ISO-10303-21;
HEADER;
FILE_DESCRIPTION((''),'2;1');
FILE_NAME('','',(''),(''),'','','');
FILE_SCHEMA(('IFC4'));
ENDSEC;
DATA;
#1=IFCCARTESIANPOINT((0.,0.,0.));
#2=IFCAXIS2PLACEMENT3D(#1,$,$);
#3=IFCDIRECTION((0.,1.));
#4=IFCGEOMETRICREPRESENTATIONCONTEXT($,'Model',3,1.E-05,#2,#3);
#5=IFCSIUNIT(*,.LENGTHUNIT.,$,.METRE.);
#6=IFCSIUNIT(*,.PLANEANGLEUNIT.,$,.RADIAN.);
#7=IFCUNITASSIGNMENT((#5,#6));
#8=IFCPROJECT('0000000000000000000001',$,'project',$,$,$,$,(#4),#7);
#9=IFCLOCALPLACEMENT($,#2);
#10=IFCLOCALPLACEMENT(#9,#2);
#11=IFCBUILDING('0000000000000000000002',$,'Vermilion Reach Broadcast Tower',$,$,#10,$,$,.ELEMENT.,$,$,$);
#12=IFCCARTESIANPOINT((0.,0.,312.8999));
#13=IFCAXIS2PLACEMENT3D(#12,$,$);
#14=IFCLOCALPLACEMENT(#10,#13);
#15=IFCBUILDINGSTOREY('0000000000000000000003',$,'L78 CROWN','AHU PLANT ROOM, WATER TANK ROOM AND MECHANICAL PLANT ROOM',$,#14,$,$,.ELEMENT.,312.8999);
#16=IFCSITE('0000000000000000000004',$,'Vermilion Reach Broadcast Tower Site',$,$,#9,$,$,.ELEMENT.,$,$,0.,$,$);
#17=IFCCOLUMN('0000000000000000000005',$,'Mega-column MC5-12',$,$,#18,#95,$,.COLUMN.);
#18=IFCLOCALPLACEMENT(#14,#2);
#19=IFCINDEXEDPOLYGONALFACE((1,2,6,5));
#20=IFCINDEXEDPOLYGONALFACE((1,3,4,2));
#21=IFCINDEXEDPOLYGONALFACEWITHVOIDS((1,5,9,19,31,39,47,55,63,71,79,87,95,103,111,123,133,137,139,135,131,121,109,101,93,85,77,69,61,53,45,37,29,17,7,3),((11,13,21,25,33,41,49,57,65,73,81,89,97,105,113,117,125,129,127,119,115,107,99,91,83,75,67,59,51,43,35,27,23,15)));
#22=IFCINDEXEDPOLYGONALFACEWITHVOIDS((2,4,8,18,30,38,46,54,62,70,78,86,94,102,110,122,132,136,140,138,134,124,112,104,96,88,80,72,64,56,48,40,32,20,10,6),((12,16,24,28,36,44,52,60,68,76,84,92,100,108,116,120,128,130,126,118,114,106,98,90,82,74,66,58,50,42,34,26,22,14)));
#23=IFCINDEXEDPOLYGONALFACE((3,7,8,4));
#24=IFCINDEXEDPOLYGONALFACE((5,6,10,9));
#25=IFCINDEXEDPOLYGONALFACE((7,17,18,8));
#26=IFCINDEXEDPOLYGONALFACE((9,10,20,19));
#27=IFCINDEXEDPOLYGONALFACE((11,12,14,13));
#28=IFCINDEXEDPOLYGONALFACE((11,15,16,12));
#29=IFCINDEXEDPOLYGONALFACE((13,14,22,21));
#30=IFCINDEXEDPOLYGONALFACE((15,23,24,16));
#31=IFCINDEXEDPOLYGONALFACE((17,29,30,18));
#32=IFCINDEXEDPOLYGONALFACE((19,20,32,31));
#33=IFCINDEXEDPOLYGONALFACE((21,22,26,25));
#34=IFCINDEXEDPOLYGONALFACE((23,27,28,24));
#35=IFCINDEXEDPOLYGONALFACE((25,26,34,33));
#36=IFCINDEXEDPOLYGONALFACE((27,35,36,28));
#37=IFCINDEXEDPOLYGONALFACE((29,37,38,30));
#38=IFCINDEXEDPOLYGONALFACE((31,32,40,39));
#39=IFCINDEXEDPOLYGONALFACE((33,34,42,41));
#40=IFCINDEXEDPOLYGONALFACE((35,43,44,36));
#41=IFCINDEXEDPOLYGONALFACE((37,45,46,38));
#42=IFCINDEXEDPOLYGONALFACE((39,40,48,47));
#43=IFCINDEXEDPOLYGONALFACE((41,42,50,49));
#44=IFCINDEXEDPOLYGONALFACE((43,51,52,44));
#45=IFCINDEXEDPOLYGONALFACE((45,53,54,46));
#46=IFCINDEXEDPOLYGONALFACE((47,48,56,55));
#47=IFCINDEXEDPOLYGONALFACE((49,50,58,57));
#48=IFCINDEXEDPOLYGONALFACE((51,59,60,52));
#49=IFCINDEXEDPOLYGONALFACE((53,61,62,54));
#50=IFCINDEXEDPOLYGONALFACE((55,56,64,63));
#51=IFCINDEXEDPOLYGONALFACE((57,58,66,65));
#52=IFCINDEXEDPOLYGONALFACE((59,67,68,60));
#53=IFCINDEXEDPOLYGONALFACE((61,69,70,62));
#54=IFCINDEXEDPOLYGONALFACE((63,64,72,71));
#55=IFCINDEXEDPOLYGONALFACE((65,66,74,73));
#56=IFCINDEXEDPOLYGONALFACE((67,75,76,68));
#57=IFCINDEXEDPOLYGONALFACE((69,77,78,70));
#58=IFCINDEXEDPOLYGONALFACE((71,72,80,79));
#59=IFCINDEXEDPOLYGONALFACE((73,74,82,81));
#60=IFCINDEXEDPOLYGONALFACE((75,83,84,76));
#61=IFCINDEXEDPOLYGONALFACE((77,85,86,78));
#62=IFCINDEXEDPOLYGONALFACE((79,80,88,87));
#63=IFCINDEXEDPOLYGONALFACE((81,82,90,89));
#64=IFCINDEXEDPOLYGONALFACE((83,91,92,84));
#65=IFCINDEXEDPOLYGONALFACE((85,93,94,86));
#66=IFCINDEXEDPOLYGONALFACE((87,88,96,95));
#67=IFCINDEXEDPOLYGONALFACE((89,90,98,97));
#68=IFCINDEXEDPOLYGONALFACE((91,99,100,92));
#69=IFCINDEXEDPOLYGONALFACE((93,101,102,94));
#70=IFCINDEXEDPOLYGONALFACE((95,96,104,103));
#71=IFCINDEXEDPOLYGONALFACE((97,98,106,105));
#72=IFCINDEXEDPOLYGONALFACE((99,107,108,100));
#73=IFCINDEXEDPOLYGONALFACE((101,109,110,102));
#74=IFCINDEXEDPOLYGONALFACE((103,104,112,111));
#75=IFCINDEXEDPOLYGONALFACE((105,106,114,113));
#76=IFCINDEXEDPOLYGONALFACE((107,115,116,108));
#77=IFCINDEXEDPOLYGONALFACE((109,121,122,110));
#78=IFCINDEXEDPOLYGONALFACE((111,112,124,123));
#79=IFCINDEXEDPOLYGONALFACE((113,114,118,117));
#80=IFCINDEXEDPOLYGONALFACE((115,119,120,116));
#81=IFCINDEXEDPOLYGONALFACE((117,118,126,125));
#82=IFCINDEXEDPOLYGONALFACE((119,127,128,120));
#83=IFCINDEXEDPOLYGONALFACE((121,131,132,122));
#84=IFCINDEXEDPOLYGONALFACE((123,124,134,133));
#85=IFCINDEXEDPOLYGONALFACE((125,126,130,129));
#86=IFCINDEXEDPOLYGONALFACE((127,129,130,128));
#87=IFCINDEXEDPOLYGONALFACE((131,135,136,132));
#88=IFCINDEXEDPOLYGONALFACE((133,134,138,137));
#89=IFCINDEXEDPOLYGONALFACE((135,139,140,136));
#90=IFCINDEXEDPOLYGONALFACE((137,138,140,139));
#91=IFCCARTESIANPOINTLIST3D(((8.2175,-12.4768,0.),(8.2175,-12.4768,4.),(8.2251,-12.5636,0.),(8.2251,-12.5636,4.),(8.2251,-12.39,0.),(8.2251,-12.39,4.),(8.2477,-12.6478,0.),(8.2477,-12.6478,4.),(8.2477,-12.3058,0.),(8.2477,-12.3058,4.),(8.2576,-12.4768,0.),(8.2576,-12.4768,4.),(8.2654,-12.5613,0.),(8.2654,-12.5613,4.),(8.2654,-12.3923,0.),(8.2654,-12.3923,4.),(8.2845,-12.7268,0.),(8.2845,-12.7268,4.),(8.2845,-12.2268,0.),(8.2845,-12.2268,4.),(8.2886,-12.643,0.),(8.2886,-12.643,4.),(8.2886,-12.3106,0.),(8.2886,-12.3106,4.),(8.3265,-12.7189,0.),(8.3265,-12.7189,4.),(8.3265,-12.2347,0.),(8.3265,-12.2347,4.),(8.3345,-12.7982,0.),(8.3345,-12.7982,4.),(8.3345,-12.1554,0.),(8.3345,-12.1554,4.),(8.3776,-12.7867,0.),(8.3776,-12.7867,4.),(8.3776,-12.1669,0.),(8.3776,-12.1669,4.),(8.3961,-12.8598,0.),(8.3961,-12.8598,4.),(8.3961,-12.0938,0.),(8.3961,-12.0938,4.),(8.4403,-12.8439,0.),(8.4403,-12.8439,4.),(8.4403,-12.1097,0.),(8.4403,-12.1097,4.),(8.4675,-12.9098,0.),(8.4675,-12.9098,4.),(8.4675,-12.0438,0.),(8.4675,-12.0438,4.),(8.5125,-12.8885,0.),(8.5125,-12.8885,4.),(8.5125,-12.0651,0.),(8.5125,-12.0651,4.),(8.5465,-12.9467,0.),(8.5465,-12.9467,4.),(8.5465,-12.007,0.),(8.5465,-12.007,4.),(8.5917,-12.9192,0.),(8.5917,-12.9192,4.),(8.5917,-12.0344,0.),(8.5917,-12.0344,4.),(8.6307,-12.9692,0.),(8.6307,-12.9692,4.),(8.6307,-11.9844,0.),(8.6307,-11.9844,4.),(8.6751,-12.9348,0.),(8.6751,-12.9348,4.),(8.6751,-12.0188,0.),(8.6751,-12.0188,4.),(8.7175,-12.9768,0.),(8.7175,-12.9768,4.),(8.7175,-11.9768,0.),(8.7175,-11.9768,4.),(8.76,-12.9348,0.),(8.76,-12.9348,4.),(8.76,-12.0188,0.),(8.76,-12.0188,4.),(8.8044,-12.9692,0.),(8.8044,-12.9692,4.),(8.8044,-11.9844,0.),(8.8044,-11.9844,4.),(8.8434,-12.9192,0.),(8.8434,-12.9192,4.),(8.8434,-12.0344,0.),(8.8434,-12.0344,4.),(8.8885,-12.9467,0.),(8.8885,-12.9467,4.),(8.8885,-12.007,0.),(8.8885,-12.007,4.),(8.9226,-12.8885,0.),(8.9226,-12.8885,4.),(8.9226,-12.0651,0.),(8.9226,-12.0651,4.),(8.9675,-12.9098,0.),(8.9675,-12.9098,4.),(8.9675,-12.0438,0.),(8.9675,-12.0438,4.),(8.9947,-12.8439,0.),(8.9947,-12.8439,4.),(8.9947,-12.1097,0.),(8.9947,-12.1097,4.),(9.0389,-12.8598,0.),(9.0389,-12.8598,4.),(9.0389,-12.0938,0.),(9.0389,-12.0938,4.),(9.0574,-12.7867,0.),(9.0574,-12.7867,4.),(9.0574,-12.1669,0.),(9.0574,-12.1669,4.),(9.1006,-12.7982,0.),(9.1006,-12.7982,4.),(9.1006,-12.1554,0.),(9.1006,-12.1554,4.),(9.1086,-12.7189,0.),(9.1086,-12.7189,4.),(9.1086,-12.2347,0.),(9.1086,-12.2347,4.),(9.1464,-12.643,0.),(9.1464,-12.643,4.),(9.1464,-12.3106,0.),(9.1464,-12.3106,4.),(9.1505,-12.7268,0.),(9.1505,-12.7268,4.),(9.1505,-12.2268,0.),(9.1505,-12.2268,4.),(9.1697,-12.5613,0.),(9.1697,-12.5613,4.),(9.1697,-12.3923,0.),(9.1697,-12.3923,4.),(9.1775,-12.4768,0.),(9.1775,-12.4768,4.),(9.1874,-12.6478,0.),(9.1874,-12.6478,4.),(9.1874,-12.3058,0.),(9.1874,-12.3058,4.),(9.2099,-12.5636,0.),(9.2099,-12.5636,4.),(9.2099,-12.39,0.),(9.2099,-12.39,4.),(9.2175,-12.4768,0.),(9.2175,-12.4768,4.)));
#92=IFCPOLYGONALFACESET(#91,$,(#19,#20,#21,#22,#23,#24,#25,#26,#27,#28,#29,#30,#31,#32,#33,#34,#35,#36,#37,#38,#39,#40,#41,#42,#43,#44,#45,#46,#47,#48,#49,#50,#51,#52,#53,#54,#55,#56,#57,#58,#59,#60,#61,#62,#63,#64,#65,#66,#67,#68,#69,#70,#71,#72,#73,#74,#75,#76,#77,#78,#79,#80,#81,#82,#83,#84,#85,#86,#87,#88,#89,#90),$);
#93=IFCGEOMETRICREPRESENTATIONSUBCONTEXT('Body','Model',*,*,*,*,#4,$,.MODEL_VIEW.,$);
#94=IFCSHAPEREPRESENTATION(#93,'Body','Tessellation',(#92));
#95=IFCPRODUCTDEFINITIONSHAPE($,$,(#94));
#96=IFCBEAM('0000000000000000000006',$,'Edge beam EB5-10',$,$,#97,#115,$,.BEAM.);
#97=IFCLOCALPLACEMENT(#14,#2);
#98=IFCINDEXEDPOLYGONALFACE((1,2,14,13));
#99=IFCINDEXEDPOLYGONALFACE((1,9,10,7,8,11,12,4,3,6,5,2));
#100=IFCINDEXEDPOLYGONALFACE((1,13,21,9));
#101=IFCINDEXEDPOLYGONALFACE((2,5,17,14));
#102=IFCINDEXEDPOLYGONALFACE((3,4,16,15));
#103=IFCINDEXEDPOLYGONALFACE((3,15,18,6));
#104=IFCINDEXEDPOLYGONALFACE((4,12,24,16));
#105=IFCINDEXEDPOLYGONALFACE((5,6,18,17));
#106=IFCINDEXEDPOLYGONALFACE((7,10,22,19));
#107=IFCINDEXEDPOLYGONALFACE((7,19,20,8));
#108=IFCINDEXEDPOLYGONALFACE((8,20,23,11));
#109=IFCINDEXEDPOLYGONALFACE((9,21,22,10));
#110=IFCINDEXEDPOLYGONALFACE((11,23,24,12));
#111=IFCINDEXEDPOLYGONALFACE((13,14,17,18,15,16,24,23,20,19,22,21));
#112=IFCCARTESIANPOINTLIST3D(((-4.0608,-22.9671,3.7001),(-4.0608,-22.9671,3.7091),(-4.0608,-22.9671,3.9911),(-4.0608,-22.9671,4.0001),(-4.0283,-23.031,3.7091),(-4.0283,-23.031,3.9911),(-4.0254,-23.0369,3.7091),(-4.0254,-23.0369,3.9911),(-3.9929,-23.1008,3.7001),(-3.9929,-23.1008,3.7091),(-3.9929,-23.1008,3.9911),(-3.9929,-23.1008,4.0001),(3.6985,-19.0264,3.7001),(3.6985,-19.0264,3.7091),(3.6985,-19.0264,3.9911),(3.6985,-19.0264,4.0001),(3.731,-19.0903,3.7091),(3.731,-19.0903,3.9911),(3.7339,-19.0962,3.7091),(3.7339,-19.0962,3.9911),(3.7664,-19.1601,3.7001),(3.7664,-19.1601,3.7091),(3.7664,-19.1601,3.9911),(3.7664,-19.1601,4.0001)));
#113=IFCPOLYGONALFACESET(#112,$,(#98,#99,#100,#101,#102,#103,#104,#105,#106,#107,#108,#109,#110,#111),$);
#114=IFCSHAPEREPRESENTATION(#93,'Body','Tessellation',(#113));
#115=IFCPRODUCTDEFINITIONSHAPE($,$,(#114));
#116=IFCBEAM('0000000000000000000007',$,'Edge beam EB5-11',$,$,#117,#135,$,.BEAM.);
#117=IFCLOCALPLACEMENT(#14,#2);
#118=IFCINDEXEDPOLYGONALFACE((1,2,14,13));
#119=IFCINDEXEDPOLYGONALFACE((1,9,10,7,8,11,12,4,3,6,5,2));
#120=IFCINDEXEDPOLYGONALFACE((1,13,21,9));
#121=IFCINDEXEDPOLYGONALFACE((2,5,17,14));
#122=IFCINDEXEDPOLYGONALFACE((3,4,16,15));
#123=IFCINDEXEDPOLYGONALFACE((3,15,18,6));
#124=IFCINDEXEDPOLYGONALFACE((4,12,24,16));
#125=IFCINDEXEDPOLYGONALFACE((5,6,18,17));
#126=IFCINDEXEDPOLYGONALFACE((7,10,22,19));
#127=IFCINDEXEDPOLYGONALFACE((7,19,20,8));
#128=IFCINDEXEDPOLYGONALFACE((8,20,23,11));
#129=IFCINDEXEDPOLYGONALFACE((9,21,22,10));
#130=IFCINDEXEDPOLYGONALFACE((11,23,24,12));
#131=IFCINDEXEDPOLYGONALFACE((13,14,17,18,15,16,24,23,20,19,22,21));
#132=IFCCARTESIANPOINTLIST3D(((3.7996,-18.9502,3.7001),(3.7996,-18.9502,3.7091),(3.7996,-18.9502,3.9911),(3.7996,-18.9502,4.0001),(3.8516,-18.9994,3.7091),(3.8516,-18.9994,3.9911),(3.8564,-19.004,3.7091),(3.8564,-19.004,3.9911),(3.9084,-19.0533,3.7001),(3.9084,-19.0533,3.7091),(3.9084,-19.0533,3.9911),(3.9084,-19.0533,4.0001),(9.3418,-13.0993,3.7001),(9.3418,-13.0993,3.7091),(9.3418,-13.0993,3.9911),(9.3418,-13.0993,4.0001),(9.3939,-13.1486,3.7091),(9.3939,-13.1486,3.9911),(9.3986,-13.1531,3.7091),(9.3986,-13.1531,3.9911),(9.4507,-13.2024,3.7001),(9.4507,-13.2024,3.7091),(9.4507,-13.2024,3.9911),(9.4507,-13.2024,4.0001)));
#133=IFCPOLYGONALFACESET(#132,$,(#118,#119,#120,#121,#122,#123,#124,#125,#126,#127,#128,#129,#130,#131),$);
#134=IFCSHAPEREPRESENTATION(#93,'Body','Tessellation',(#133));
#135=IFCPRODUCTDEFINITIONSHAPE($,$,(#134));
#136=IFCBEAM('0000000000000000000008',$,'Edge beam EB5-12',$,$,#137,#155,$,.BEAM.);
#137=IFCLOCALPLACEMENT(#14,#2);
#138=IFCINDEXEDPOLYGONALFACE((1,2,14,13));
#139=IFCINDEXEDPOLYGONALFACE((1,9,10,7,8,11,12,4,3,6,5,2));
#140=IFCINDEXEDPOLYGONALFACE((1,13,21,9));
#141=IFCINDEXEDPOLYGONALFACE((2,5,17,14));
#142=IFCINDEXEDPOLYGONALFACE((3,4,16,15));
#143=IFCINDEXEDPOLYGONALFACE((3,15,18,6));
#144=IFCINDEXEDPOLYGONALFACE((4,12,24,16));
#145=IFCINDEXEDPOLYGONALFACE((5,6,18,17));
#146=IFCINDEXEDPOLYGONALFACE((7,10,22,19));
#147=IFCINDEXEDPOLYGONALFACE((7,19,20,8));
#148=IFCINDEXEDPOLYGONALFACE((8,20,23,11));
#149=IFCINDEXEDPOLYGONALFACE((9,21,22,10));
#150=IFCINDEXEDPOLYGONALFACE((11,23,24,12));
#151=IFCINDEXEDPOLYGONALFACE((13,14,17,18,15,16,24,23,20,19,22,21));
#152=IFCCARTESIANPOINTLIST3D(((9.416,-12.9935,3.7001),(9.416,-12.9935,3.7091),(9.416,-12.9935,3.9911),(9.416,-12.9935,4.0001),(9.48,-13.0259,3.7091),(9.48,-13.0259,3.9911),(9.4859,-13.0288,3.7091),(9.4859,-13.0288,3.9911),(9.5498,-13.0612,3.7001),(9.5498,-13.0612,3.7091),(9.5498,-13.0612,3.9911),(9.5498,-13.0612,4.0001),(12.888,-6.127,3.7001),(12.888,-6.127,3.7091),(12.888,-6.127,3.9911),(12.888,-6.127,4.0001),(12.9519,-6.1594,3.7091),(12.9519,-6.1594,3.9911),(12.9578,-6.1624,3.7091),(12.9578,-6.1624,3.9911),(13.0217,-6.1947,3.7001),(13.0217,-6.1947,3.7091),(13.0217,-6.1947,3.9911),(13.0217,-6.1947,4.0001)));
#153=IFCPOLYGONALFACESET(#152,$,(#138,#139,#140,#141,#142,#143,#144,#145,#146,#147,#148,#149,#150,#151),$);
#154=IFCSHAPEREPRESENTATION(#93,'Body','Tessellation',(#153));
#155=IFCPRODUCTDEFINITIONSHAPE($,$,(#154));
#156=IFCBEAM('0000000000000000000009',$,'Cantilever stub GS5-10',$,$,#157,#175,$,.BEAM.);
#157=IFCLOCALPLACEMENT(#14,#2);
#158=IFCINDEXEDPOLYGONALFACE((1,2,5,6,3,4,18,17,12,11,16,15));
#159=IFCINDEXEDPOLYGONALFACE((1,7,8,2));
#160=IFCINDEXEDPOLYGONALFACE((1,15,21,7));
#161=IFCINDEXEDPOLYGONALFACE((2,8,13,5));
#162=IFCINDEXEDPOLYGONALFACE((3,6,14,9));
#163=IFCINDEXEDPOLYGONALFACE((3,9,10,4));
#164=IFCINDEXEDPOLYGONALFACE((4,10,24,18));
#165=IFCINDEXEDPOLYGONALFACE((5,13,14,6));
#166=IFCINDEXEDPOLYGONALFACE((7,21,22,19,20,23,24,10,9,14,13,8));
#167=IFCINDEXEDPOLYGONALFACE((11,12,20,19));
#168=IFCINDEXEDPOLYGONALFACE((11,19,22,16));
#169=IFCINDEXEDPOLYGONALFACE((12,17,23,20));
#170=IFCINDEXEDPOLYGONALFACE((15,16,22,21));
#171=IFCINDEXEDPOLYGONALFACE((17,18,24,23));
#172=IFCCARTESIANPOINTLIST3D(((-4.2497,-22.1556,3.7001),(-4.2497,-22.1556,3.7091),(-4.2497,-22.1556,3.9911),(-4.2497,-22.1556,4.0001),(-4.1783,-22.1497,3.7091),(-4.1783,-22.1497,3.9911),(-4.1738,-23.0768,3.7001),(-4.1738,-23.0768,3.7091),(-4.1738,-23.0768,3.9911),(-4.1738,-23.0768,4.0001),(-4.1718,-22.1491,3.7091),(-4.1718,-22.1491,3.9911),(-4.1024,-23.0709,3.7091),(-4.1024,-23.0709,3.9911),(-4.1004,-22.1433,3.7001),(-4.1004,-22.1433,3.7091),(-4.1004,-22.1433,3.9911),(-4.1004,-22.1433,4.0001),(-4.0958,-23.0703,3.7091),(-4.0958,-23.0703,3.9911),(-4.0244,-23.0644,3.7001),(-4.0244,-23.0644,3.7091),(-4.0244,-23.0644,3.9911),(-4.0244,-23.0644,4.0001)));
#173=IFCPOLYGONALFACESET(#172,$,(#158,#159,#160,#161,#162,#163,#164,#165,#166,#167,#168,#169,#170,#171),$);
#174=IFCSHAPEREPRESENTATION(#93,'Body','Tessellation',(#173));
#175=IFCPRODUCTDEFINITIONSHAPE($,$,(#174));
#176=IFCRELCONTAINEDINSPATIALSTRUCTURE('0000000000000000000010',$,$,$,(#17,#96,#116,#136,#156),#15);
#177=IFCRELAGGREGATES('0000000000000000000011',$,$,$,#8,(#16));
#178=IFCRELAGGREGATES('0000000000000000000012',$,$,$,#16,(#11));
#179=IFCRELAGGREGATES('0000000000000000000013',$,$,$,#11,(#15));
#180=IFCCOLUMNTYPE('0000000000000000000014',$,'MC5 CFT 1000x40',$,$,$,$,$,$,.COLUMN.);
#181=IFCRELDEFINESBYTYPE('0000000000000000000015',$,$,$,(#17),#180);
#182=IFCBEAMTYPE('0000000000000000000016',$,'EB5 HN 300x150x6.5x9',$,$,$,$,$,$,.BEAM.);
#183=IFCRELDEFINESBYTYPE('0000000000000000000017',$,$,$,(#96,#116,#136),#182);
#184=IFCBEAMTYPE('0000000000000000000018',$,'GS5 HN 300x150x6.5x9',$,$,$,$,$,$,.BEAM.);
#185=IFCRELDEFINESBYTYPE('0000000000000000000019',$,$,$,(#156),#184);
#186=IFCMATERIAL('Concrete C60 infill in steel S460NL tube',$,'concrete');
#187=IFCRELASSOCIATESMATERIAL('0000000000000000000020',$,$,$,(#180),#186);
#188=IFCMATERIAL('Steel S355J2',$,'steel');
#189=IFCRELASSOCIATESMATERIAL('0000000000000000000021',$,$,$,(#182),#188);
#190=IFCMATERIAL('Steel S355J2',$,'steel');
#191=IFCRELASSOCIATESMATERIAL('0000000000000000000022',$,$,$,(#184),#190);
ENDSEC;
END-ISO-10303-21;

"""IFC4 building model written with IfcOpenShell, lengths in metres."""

from ifc_helpers import new_model, si_unit, direction, frame, origin, origin_2d, place, context, subcontext, project, spatial, hollow_circle, i_section, extrude, material, material_profile, profile_set, type_object, element, save


model = new_model("IFC4")

# Units and contexts
model_context = context("Model", 3, precision=1e-05, world=origin(), true_north=direction((0.0, 1.0)))
body_context = subcontext(model_context, "Body", "Model", "MODEL_VIEW")
ifc_project = project(units=[si_unit("LENGTHUNIT", "METRE"), si_unit("PLANEANGLEUNIT", "RADIAN")], contexts=[model_context])

# Site, building, storey
site_placement = place(None, origin())
site = spatial("IfcSite", under=ifc_project, at=site_placement, Name="Vermilion Reach Broadcast Tower Site", CompositionType="ELEMENT", RefElevation=0.0)
building_placement = place(site_placement, origin())
building = spatial("IfcBuilding", under=site, at=building_placement, Name="Vermilion Reach Broadcast Tower", CompositionType="ELEMENT")
storey_placement = place(building_placement, frame((0.0, 0.0, 312.8999)))
storey = spatial("IfcBuildingStorey", under=building, at=storey_placement, Name="L78 CROWN", Description="AHU PLANT ROOM, WATER TANK ROOM AND MECHANICAL PLANT ROOM", CompositionType="ELEMENT", Elevation=312.8999)

# Column
ifc_material_1 = material(Name="Concrete C60 infill in steel S460NL tube", Category="concrete")
ifc_material_profile_1 = material_profile(ifc_material_1, hollow_circle(Radius=0.5, WallThickness=0.04, at=origin_2d()), Name="Concrete C60 infill in steel S460NL tube CFT 1000x40")
ifc_profile_set_1 = profile_set([ifc_material_profile_1], Name="Concrete C60 infill in steel S460NL tube")
column_type = type_object("IfcColumnType", Name="MC5 CFT 1000x40", PredefinedType="COLUMN", material=ifc_profile_set_1)
for number, where, z_axis, x_axis, name in (
    (1, (8.7175, -12.4768, 0.0), (0.0, 0.0, 1.0), (1.0, 0.0, 0.0), "Mega-column MC5-12"),
):
    element("IfcColumn", number, at=place(storey_placement, frame(where, z_axis=z_axis, x_axis=x_axis)), inside=storey, type_object=column_type, Name=name, PredefinedType="COLUMN", context=body_context, shape_type="SweptSolid", body=[
        extrude(hollow_circle(Radius=0.5, WallThickness=0.04, at=origin_2d()), origin(), (0.0, 0.0, 1.0), 4.0),
    ])

# Beams
ifc_material_2 = material(Name="Steel S355J2", Category="steel")
ifc_material_profile_2 = material_profile(ifc_material_2, i_section(OverallWidth=0.1499, OverallDepth=0.3, WebThickness=0.0066, FlangeThickness=0.009, at=origin_2d()), Name="S355J2 HN 300x150x6.5x9")
ifc_profile_set_2 = profile_set([ifc_material_profile_2], Name="Steel S355J2")
beam_type_1 = type_object("IfcBeamType", Name="EB5 HN 300x150x6.5x9", PredefinedType="BEAM", material=ifc_profile_set_2)
beam_1_placement = place(storey_placement, frame((-4.0269, -23.0339, 3.8501), z_axis=(0.891604, 0.452816, 0.0), x_axis=(-0.452816, 0.891604, 0.0)))
element("IfcBeam", 2, at=beam_1_placement, inside=storey, type_object=beam_type_1, Name="Edge beam EB5-10", PredefinedType="BEAM", context=body_context, shape_type="SweptSolid", body=[
    extrude(i_section(OverallWidth=0.1499, OverallDepth=0.3, WebThickness=0.0066, FlangeThickness=0.009, at=origin_2d()), origin(), (0.0, 0.0, 1.0), 8.7026),
])
beam_2_placement = place(storey_placement, frame((3.854, -19.0017, 3.8501), z_axis=(0.687702, 0.725993, 0.0), x_axis=(-0.725993, 0.687702, 0.0)))
element("IfcBeam", 3, at=beam_2_placement, inside=storey, type_object=beam_type_1, Name="Edge beam EB5-11", PredefinedType="BEAM", context=body_context, shape_type="SweptSolid", body=[
    extrude(i_section(OverallWidth=0.1499, OverallDepth=0.3, WebThickness=0.0066, FlangeThickness=0.009, at=origin_2d()), origin(), (0.0, 0.0, 1.0), 8.0591),
])
beam_3_placement = place(storey_placement, frame((9.4829, -13.0273, 3.8501), z_axis=(0.451232, 0.892406, 0.0), x_axis=(-0.892406, 0.451232, 0.0)))
element("IfcBeam", 4, at=beam_3_placement, inside=storey, type_object=beam_type_1, Name="Edge beam EB5-12", PredefinedType="BEAM", context=body_context, shape_type="SweptSolid", body=[
    extrude(i_section(OverallWidth=0.1499, OverallDepth=0.3, WebThickness=0.0066, FlangeThickness=0.009, at=origin_2d()), origin(), (0.0, 0.0, 1.0), 7.6943),
])
ifc_material_3 = material(Name="Steel S355J2", Category="steel")
ifc_material_profile_3 = material_profile(ifc_material_3, i_section(OverallWidth=0.1499, OverallDepth=0.3, WebThickness=0.0066, FlangeThickness=0.009, at=origin_2d()), Name="S355J2 HN 300x150x6.5x9")
ifc_profile_set_3 = profile_set([ifc_material_profile_3], Name="Steel S355J2")
beam_type_2 = type_object("IfcBeamType", Name="GS5 HN 300x150x6.5x9", PredefinedType="BEAM", material=ifc_profile_set_3)
beam_4_placement = place(storey_placement, frame((-4.175, -22.1494, 3.8501), z_axis=(0.082149, -0.99662, 0.0), x_axis=(0.99662, 0.082149, 0.0)))
element("IfcBeam", 5, at=beam_4_placement, inside=storey, type_object=beam_type_2, Name="Cantilever stub GS5-10", PredefinedType="BEAM", context=body_context, shape_type="SweptSolid", body=[
    extrude(i_section(OverallWidth=0.1499, OverallDepth=0.3, WebThickness=0.0066, FlangeThickness=0.009, at=origin_2d()), origin(), (0.0, 0.0, 1.0), 0.9243),
])

save(model, "model.ifc")
